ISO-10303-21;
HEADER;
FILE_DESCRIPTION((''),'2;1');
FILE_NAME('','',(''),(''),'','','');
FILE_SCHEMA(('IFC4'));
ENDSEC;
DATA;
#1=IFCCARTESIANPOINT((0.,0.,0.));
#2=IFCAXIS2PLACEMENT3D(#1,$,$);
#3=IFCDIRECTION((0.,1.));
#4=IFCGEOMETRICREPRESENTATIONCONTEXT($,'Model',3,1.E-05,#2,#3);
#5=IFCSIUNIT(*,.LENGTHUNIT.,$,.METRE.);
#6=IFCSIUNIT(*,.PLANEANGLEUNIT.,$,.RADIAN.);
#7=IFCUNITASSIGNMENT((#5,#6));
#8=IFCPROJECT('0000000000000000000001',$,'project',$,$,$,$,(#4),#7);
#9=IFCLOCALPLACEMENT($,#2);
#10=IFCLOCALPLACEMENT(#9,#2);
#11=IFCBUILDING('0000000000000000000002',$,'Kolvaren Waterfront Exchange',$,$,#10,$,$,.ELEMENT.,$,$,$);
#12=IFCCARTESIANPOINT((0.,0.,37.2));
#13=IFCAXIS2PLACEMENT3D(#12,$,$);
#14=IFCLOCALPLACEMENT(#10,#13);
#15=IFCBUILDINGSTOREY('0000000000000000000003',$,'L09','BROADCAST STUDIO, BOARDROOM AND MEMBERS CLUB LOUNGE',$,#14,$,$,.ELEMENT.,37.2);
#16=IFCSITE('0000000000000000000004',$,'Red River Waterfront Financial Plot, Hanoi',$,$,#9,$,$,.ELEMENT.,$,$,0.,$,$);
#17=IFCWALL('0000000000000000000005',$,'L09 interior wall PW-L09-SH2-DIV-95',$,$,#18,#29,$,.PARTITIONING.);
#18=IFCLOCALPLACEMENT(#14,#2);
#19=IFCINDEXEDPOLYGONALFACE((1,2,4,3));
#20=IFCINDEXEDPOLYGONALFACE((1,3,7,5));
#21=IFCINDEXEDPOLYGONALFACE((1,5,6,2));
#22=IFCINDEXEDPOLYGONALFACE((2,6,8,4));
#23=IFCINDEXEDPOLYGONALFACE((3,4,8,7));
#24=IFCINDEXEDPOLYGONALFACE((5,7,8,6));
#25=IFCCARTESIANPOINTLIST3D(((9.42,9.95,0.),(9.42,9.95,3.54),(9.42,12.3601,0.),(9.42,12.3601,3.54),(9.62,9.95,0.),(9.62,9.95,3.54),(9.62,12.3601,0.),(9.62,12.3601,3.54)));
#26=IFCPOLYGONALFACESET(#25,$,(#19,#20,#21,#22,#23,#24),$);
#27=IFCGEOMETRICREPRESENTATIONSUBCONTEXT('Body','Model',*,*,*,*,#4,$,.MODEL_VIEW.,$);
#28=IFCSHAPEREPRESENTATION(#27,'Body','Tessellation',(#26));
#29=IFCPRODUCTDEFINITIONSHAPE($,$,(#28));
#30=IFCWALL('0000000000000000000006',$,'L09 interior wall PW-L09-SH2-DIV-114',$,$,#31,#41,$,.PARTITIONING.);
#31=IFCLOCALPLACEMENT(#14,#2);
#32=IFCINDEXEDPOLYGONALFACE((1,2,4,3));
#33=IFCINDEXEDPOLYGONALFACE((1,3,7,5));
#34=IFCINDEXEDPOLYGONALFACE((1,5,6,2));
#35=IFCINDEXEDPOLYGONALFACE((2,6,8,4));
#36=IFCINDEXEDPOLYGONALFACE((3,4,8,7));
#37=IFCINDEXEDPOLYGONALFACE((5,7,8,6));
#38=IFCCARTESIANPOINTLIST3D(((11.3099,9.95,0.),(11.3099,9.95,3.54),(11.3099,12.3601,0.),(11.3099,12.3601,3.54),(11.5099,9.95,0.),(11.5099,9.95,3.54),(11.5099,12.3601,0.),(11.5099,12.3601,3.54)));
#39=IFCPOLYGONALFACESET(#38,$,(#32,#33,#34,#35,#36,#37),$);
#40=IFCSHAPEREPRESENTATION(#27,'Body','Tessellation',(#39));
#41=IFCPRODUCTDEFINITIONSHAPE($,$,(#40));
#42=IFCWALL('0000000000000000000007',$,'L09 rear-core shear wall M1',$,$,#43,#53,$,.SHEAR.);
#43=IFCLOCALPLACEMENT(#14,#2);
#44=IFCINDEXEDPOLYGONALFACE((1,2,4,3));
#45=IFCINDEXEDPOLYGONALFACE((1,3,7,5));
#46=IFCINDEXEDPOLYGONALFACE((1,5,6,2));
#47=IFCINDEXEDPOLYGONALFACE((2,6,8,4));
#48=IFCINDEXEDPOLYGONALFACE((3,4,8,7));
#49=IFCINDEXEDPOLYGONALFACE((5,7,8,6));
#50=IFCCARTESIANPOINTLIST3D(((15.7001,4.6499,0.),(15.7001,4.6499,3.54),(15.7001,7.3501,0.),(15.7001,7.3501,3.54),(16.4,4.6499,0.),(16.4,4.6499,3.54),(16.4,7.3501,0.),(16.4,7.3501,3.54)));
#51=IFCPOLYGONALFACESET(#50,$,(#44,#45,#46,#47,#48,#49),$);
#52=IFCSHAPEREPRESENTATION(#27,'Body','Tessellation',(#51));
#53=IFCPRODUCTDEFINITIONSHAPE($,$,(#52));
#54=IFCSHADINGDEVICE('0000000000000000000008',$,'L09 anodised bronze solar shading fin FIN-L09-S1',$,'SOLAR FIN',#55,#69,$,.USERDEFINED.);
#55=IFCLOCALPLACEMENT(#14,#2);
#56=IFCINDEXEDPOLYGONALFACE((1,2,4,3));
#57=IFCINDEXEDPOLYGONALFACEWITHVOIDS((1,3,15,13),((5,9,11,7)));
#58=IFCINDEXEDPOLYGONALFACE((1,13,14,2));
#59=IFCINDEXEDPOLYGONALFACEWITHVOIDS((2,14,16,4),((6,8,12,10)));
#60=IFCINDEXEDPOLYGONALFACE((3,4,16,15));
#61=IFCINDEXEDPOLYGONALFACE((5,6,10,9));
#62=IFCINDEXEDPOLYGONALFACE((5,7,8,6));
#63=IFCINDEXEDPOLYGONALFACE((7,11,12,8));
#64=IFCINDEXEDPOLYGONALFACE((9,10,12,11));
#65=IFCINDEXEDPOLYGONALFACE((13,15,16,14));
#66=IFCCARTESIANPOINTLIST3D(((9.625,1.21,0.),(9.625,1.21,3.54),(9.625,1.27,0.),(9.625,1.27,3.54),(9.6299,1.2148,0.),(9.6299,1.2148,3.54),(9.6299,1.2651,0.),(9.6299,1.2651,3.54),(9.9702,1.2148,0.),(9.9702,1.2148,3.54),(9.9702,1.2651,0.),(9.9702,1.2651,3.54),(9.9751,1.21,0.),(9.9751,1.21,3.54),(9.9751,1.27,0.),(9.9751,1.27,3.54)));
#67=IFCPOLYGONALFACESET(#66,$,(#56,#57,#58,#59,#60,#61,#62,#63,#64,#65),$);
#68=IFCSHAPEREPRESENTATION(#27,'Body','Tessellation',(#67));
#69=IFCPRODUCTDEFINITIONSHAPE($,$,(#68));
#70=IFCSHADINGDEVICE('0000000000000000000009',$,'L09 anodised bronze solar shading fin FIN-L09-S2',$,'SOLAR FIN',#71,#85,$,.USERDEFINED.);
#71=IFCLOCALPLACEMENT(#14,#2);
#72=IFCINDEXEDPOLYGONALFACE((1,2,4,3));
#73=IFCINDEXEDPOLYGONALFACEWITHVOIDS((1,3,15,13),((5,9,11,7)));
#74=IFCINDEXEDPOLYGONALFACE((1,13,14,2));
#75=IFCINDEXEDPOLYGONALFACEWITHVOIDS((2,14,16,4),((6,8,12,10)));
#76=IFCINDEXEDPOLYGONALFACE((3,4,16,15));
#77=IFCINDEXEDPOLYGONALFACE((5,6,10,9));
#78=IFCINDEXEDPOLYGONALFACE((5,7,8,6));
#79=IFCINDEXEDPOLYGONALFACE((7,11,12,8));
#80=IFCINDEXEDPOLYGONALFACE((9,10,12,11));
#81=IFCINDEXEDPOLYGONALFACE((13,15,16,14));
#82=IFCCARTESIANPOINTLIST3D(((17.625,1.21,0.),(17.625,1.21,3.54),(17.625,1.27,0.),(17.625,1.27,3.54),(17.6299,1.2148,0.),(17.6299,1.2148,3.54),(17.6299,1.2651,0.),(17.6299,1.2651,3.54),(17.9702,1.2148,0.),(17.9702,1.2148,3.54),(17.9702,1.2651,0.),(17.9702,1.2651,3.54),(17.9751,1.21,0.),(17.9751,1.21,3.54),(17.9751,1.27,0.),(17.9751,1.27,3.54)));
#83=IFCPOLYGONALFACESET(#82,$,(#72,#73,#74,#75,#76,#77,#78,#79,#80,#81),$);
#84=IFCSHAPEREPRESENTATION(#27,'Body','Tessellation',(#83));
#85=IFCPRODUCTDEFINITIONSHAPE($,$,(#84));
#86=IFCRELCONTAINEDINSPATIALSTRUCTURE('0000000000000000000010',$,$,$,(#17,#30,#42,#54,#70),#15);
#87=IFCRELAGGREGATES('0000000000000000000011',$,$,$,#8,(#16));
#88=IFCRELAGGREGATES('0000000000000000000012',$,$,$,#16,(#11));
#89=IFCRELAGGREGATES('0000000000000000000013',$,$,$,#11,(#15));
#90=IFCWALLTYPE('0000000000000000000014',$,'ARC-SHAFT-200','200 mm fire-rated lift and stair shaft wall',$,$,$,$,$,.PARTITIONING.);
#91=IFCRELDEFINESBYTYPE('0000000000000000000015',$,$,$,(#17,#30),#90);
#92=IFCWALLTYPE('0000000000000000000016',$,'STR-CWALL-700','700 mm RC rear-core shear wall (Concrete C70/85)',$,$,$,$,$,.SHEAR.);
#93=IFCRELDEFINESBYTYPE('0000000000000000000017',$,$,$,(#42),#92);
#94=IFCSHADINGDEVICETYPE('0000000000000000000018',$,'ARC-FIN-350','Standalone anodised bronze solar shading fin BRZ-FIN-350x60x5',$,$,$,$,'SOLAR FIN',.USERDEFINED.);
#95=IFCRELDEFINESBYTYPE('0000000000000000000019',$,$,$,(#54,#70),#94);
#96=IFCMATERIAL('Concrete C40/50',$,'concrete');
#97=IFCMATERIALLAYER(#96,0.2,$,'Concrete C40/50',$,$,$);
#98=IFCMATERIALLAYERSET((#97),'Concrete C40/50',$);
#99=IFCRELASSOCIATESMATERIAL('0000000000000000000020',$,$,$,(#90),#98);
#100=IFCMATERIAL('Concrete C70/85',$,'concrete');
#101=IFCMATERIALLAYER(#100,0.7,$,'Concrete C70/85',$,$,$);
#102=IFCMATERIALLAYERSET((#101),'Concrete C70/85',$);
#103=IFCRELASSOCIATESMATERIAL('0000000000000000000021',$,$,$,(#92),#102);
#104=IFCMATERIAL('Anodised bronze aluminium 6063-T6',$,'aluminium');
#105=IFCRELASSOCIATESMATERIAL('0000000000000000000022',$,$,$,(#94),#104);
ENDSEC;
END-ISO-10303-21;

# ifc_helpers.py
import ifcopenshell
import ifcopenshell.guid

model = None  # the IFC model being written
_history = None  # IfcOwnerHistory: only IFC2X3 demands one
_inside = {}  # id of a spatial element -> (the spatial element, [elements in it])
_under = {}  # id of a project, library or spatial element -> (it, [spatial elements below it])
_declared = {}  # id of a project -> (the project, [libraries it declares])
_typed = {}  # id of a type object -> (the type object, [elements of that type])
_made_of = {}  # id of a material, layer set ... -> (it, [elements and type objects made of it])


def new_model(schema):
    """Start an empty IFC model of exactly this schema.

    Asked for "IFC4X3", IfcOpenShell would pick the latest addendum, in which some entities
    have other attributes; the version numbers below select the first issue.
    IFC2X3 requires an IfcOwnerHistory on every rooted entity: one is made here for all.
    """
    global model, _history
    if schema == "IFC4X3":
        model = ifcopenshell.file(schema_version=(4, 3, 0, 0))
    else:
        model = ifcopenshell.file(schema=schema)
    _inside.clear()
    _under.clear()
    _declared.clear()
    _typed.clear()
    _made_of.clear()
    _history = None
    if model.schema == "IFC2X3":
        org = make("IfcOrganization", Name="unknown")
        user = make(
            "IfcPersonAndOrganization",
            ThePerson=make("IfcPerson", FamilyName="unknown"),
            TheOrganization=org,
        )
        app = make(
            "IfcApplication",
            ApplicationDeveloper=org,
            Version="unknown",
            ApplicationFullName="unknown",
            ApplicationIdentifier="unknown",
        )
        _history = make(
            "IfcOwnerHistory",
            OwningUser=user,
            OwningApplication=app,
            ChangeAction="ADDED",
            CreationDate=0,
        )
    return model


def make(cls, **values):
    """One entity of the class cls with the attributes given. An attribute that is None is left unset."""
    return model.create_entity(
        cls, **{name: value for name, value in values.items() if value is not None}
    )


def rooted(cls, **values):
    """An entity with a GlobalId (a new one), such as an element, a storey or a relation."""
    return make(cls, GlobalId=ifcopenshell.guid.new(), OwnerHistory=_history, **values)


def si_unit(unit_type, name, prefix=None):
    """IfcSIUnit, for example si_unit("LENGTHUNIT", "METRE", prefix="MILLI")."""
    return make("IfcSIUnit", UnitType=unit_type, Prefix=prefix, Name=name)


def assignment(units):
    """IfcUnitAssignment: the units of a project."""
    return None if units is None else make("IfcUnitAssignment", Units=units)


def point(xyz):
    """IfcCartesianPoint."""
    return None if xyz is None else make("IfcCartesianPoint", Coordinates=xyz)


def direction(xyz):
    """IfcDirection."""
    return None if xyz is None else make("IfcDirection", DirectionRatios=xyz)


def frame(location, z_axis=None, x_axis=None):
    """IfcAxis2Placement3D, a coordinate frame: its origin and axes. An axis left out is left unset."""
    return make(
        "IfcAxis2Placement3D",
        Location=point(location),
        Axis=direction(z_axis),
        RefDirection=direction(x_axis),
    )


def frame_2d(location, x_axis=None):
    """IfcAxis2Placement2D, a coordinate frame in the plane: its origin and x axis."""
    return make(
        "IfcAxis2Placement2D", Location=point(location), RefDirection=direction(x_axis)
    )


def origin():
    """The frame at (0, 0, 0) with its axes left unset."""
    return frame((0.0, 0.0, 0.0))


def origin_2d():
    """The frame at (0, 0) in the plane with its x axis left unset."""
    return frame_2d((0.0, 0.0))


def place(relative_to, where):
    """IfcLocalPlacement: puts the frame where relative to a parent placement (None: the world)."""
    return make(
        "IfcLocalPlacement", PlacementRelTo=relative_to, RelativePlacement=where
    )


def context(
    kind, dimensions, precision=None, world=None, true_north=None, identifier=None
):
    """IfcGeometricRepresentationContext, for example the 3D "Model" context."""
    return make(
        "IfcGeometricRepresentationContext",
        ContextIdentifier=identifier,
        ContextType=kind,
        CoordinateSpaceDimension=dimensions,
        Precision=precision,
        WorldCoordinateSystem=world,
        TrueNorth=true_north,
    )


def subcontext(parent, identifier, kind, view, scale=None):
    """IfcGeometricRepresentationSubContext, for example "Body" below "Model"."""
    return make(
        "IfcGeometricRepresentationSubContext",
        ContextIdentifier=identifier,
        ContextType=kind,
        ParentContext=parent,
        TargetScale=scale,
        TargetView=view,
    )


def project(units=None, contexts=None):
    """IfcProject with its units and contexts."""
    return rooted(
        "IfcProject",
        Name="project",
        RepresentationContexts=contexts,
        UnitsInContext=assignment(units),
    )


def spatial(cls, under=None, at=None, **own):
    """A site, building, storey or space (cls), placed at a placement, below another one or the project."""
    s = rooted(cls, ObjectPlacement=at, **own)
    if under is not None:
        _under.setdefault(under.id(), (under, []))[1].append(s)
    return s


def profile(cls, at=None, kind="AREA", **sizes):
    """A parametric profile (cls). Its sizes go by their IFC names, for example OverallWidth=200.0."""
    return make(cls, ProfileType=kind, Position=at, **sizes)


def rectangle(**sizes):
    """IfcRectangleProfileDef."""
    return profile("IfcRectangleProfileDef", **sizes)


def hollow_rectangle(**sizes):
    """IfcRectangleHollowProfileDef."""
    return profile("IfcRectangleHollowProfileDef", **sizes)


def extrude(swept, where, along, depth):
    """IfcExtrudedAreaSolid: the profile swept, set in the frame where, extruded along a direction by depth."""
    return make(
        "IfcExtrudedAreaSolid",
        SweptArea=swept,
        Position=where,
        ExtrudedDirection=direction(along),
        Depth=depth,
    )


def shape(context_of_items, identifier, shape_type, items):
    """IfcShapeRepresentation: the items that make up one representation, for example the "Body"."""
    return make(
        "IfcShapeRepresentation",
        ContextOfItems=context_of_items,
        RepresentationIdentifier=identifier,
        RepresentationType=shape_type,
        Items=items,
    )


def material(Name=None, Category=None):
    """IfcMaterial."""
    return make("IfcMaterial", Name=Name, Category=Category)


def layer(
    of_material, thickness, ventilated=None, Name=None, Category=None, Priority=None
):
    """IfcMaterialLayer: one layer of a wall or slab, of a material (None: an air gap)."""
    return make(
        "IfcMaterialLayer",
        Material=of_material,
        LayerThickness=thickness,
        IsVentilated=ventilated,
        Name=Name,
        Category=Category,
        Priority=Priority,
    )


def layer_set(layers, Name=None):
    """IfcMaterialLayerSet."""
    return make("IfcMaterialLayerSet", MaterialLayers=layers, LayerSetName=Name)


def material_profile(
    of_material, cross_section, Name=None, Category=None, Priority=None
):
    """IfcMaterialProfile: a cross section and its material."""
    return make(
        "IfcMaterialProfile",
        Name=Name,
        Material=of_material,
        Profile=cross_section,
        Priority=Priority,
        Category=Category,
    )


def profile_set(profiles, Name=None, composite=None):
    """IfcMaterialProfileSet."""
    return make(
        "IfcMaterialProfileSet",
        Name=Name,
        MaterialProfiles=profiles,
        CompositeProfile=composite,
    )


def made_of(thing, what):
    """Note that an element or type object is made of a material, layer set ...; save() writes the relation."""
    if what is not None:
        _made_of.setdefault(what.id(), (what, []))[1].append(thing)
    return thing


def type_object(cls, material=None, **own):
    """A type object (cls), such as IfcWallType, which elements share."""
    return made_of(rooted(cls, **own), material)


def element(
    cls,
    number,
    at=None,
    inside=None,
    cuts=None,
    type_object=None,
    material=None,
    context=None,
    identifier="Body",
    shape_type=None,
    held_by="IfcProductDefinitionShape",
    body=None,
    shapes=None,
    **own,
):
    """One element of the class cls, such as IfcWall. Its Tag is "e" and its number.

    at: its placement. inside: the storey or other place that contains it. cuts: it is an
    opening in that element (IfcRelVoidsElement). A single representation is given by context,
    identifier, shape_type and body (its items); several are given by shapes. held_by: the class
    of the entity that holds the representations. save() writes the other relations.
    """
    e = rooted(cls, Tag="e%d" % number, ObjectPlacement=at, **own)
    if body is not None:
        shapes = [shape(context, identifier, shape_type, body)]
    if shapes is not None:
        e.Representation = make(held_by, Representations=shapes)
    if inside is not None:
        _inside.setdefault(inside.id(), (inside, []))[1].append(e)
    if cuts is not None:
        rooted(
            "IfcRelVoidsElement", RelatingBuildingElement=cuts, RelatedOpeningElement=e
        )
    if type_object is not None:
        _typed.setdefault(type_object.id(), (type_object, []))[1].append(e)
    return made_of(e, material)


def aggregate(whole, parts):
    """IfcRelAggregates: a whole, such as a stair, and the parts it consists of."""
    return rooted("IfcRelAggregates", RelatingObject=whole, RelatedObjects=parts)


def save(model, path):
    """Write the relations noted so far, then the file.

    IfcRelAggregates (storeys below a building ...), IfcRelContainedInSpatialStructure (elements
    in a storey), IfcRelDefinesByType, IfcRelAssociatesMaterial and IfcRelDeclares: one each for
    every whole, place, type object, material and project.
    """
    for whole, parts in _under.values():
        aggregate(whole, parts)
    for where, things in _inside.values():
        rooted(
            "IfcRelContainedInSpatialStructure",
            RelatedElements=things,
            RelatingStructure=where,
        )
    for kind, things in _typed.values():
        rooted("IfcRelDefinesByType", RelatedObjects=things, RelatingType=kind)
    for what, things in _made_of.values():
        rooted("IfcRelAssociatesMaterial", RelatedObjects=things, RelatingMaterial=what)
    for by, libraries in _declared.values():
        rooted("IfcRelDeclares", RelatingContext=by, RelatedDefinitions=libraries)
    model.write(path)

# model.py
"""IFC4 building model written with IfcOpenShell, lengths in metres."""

from ifc_helpers import new_model, si_unit, direction, frame, frame_2d, origin, origin_2d, place, context, subcontext, project, spatial, rectangle, hollow_rectangle, extrude, material, layer, layer_set, material_profile, profile_set, type_object, element, save


model = new_model("IFC4")

# Units and contexts
model_context = context("Model", 3, precision=1e-05, world=origin(), true_north=direction((0.0, 1.0)))
body_context = subcontext(model_context, "Body", "Model", "MODEL_VIEW")
ifc_project = project(units=[si_unit("LENGTHUNIT", "METRE"), si_unit("PLANEANGLEUNIT", "RADIAN")], contexts=[model_context])

# Site, building, storey
site_placement = place(None, origin())
site = spatial("IfcSite", under=ifc_project, at=site_placement, Name="Red River Waterfront Financial Plot, Hanoi", CompositionType="ELEMENT", RefElevation=0.0)
building_placement = place(site_placement, origin())
building = spatial("IfcBuilding", under=site, at=building_placement, Name="Kolvaren Waterfront Exchange", CompositionType="ELEMENT")
storey_placement = place(building_placement, frame((0.0, 0.0, 37.2)))
storey = spatial("IfcBuildingStorey", under=building, at=storey_placement, Name="L09", Description="BROADCAST STUDIO, BOARDROOM AND MEMBERS CLUB LOUNGE", CompositionType="ELEMENT", Elevation=37.2)

# Shared definitions
ifc_material_1 = material(Name="Concrete C70/85", Category="concrete")

# Shared definitions
ifc_material_2 = material(Name="Anodised bronze aluminium 6063-T6", Category="aluminium")

# Walls
ifc_material_3 = material(Name="Concrete C40/50", Category="concrete")
ifc_layer_1 = layer(ifc_material_3, 0.2, Name="Concrete C40/50")
ifc_layer_set_1 = layer_set([ifc_layer_1], Name="Concrete C40/50")
wall_type_1 = type_object("IfcWallType", Name="ARC-SHAFT-200", Description="200 mm fire-rated lift and stair shaft wall", PredefinedType="PARTITIONING", material=ifc_layer_set_1)
for number, where, z_axis, x_axis, name in (
    (1, (9.52, 9.95, 0.0), (0.0, 0.0, 1.0), (0.0, 1.0, 0.0), "L09 interior wall PW-L09-SH2-DIV-95"),
    (2, (11.4099, 9.95, 0.0), (0.0, 0.0, 1.0), (0.0, 1.0, 0.0), "L09 interior wall PW-L09-SH2-DIV-114"),
):
    element("IfcWall", number, at=place(storey_placement, frame(where, z_axis=z_axis, x_axis=x_axis)), inside=storey, type_object=wall_type_1, Name=name, PredefinedType="PARTITIONING", context=body_context, shape_type="SweptSolid", body=[
        extrude(rectangle(XDim=2.4102, YDim=0.2, at=frame_2d((1.2051, 0.0))), origin(), (0.0, 0.0, 1.0), 3.54),
    ])
ifc_layer_2 = layer(ifc_material_1, 0.7, Name="Concrete C70/85")
ifc_layer_set_2 = layer_set([ifc_layer_2], Name="Concrete C70/85")
wall_type_2 = type_object("IfcWallType", Name="STR-CWALL-700", Description="700 mm RC rear-core shear wall (Concrete C70/85)", PredefinedType="SHEAR", material=ifc_layer_set_2)
wall_1_placement = place(storey_placement, frame((16.05, 4.6499, 0.0), z_axis=(0.0, 0.0, 1.0), x_axis=(0.0, 1.0, 0.0)))
element("IfcWall", 3, at=wall_1_placement, inside=storey, type_object=wall_type_2, Name="L09 rear-core shear wall M1", PredefinedType="SHEAR", context=body_context, shape_type="SweptSolid", body=[
    extrude(rectangle(XDim=2.7002, YDim=0.7, at=frame_2d((1.3501, 0.0))), origin(), (0.0, 0.0, 1.0), 3.54),
])

# Shading devices
ifc_material_profile_1 = material_profile(ifc_material_2, hollow_rectangle(XDim=0.0601, YDim=0.3501, WallThickness=0.0049, at=origin_2d()), Name="BRZ-FIN-350x60x5")
ifc_profile_set_1 = profile_set([ifc_material_profile_1], Name="Anodised bronze aluminium 6063-T6")
shading_device_type = type_object("IfcShadingDeviceType", Name="ARC-FIN-350", Description="Standalone anodised bronze solar shading fin BRZ-FIN-350x60x5", ElementType="SOLAR FIN", PredefinedType="USERDEFINED", material=ifc_profile_set_1)
for number, where, z_axis, x_axis, name in (
    (4, (9.8, 1.24, 0.0), (0.0, 0.0, 1.0), (0.0, -1.0, 0.0), "L09 anodised bronze solar shading fin FIN-L09-S1"),
    (5, (17.8, 1.24, 0.0), (0.0, 0.0, 1.0), (0.0, -1.0, 0.0), "L09 anodised bronze solar shading fin FIN-L09-S2"),
):
    element("IfcShadingDevice", number, at=place(storey_placement, frame(where, z_axis=z_axis, x_axis=x_axis)), inside=storey, type_object=shading_device_type, Name=name, ObjectType="SOLAR FIN", PredefinedType="USERDEFINED", context=body_context, shape_type="SweptSolid", body=[
        extrude(hollow_rectangle(XDim=0.0601, YDim=0.3501, WallThickness=0.0049, at=origin_2d()), origin(), (0.0, 0.0, 1.0), 3.54),
    ])

save(model, "model.ifc")
